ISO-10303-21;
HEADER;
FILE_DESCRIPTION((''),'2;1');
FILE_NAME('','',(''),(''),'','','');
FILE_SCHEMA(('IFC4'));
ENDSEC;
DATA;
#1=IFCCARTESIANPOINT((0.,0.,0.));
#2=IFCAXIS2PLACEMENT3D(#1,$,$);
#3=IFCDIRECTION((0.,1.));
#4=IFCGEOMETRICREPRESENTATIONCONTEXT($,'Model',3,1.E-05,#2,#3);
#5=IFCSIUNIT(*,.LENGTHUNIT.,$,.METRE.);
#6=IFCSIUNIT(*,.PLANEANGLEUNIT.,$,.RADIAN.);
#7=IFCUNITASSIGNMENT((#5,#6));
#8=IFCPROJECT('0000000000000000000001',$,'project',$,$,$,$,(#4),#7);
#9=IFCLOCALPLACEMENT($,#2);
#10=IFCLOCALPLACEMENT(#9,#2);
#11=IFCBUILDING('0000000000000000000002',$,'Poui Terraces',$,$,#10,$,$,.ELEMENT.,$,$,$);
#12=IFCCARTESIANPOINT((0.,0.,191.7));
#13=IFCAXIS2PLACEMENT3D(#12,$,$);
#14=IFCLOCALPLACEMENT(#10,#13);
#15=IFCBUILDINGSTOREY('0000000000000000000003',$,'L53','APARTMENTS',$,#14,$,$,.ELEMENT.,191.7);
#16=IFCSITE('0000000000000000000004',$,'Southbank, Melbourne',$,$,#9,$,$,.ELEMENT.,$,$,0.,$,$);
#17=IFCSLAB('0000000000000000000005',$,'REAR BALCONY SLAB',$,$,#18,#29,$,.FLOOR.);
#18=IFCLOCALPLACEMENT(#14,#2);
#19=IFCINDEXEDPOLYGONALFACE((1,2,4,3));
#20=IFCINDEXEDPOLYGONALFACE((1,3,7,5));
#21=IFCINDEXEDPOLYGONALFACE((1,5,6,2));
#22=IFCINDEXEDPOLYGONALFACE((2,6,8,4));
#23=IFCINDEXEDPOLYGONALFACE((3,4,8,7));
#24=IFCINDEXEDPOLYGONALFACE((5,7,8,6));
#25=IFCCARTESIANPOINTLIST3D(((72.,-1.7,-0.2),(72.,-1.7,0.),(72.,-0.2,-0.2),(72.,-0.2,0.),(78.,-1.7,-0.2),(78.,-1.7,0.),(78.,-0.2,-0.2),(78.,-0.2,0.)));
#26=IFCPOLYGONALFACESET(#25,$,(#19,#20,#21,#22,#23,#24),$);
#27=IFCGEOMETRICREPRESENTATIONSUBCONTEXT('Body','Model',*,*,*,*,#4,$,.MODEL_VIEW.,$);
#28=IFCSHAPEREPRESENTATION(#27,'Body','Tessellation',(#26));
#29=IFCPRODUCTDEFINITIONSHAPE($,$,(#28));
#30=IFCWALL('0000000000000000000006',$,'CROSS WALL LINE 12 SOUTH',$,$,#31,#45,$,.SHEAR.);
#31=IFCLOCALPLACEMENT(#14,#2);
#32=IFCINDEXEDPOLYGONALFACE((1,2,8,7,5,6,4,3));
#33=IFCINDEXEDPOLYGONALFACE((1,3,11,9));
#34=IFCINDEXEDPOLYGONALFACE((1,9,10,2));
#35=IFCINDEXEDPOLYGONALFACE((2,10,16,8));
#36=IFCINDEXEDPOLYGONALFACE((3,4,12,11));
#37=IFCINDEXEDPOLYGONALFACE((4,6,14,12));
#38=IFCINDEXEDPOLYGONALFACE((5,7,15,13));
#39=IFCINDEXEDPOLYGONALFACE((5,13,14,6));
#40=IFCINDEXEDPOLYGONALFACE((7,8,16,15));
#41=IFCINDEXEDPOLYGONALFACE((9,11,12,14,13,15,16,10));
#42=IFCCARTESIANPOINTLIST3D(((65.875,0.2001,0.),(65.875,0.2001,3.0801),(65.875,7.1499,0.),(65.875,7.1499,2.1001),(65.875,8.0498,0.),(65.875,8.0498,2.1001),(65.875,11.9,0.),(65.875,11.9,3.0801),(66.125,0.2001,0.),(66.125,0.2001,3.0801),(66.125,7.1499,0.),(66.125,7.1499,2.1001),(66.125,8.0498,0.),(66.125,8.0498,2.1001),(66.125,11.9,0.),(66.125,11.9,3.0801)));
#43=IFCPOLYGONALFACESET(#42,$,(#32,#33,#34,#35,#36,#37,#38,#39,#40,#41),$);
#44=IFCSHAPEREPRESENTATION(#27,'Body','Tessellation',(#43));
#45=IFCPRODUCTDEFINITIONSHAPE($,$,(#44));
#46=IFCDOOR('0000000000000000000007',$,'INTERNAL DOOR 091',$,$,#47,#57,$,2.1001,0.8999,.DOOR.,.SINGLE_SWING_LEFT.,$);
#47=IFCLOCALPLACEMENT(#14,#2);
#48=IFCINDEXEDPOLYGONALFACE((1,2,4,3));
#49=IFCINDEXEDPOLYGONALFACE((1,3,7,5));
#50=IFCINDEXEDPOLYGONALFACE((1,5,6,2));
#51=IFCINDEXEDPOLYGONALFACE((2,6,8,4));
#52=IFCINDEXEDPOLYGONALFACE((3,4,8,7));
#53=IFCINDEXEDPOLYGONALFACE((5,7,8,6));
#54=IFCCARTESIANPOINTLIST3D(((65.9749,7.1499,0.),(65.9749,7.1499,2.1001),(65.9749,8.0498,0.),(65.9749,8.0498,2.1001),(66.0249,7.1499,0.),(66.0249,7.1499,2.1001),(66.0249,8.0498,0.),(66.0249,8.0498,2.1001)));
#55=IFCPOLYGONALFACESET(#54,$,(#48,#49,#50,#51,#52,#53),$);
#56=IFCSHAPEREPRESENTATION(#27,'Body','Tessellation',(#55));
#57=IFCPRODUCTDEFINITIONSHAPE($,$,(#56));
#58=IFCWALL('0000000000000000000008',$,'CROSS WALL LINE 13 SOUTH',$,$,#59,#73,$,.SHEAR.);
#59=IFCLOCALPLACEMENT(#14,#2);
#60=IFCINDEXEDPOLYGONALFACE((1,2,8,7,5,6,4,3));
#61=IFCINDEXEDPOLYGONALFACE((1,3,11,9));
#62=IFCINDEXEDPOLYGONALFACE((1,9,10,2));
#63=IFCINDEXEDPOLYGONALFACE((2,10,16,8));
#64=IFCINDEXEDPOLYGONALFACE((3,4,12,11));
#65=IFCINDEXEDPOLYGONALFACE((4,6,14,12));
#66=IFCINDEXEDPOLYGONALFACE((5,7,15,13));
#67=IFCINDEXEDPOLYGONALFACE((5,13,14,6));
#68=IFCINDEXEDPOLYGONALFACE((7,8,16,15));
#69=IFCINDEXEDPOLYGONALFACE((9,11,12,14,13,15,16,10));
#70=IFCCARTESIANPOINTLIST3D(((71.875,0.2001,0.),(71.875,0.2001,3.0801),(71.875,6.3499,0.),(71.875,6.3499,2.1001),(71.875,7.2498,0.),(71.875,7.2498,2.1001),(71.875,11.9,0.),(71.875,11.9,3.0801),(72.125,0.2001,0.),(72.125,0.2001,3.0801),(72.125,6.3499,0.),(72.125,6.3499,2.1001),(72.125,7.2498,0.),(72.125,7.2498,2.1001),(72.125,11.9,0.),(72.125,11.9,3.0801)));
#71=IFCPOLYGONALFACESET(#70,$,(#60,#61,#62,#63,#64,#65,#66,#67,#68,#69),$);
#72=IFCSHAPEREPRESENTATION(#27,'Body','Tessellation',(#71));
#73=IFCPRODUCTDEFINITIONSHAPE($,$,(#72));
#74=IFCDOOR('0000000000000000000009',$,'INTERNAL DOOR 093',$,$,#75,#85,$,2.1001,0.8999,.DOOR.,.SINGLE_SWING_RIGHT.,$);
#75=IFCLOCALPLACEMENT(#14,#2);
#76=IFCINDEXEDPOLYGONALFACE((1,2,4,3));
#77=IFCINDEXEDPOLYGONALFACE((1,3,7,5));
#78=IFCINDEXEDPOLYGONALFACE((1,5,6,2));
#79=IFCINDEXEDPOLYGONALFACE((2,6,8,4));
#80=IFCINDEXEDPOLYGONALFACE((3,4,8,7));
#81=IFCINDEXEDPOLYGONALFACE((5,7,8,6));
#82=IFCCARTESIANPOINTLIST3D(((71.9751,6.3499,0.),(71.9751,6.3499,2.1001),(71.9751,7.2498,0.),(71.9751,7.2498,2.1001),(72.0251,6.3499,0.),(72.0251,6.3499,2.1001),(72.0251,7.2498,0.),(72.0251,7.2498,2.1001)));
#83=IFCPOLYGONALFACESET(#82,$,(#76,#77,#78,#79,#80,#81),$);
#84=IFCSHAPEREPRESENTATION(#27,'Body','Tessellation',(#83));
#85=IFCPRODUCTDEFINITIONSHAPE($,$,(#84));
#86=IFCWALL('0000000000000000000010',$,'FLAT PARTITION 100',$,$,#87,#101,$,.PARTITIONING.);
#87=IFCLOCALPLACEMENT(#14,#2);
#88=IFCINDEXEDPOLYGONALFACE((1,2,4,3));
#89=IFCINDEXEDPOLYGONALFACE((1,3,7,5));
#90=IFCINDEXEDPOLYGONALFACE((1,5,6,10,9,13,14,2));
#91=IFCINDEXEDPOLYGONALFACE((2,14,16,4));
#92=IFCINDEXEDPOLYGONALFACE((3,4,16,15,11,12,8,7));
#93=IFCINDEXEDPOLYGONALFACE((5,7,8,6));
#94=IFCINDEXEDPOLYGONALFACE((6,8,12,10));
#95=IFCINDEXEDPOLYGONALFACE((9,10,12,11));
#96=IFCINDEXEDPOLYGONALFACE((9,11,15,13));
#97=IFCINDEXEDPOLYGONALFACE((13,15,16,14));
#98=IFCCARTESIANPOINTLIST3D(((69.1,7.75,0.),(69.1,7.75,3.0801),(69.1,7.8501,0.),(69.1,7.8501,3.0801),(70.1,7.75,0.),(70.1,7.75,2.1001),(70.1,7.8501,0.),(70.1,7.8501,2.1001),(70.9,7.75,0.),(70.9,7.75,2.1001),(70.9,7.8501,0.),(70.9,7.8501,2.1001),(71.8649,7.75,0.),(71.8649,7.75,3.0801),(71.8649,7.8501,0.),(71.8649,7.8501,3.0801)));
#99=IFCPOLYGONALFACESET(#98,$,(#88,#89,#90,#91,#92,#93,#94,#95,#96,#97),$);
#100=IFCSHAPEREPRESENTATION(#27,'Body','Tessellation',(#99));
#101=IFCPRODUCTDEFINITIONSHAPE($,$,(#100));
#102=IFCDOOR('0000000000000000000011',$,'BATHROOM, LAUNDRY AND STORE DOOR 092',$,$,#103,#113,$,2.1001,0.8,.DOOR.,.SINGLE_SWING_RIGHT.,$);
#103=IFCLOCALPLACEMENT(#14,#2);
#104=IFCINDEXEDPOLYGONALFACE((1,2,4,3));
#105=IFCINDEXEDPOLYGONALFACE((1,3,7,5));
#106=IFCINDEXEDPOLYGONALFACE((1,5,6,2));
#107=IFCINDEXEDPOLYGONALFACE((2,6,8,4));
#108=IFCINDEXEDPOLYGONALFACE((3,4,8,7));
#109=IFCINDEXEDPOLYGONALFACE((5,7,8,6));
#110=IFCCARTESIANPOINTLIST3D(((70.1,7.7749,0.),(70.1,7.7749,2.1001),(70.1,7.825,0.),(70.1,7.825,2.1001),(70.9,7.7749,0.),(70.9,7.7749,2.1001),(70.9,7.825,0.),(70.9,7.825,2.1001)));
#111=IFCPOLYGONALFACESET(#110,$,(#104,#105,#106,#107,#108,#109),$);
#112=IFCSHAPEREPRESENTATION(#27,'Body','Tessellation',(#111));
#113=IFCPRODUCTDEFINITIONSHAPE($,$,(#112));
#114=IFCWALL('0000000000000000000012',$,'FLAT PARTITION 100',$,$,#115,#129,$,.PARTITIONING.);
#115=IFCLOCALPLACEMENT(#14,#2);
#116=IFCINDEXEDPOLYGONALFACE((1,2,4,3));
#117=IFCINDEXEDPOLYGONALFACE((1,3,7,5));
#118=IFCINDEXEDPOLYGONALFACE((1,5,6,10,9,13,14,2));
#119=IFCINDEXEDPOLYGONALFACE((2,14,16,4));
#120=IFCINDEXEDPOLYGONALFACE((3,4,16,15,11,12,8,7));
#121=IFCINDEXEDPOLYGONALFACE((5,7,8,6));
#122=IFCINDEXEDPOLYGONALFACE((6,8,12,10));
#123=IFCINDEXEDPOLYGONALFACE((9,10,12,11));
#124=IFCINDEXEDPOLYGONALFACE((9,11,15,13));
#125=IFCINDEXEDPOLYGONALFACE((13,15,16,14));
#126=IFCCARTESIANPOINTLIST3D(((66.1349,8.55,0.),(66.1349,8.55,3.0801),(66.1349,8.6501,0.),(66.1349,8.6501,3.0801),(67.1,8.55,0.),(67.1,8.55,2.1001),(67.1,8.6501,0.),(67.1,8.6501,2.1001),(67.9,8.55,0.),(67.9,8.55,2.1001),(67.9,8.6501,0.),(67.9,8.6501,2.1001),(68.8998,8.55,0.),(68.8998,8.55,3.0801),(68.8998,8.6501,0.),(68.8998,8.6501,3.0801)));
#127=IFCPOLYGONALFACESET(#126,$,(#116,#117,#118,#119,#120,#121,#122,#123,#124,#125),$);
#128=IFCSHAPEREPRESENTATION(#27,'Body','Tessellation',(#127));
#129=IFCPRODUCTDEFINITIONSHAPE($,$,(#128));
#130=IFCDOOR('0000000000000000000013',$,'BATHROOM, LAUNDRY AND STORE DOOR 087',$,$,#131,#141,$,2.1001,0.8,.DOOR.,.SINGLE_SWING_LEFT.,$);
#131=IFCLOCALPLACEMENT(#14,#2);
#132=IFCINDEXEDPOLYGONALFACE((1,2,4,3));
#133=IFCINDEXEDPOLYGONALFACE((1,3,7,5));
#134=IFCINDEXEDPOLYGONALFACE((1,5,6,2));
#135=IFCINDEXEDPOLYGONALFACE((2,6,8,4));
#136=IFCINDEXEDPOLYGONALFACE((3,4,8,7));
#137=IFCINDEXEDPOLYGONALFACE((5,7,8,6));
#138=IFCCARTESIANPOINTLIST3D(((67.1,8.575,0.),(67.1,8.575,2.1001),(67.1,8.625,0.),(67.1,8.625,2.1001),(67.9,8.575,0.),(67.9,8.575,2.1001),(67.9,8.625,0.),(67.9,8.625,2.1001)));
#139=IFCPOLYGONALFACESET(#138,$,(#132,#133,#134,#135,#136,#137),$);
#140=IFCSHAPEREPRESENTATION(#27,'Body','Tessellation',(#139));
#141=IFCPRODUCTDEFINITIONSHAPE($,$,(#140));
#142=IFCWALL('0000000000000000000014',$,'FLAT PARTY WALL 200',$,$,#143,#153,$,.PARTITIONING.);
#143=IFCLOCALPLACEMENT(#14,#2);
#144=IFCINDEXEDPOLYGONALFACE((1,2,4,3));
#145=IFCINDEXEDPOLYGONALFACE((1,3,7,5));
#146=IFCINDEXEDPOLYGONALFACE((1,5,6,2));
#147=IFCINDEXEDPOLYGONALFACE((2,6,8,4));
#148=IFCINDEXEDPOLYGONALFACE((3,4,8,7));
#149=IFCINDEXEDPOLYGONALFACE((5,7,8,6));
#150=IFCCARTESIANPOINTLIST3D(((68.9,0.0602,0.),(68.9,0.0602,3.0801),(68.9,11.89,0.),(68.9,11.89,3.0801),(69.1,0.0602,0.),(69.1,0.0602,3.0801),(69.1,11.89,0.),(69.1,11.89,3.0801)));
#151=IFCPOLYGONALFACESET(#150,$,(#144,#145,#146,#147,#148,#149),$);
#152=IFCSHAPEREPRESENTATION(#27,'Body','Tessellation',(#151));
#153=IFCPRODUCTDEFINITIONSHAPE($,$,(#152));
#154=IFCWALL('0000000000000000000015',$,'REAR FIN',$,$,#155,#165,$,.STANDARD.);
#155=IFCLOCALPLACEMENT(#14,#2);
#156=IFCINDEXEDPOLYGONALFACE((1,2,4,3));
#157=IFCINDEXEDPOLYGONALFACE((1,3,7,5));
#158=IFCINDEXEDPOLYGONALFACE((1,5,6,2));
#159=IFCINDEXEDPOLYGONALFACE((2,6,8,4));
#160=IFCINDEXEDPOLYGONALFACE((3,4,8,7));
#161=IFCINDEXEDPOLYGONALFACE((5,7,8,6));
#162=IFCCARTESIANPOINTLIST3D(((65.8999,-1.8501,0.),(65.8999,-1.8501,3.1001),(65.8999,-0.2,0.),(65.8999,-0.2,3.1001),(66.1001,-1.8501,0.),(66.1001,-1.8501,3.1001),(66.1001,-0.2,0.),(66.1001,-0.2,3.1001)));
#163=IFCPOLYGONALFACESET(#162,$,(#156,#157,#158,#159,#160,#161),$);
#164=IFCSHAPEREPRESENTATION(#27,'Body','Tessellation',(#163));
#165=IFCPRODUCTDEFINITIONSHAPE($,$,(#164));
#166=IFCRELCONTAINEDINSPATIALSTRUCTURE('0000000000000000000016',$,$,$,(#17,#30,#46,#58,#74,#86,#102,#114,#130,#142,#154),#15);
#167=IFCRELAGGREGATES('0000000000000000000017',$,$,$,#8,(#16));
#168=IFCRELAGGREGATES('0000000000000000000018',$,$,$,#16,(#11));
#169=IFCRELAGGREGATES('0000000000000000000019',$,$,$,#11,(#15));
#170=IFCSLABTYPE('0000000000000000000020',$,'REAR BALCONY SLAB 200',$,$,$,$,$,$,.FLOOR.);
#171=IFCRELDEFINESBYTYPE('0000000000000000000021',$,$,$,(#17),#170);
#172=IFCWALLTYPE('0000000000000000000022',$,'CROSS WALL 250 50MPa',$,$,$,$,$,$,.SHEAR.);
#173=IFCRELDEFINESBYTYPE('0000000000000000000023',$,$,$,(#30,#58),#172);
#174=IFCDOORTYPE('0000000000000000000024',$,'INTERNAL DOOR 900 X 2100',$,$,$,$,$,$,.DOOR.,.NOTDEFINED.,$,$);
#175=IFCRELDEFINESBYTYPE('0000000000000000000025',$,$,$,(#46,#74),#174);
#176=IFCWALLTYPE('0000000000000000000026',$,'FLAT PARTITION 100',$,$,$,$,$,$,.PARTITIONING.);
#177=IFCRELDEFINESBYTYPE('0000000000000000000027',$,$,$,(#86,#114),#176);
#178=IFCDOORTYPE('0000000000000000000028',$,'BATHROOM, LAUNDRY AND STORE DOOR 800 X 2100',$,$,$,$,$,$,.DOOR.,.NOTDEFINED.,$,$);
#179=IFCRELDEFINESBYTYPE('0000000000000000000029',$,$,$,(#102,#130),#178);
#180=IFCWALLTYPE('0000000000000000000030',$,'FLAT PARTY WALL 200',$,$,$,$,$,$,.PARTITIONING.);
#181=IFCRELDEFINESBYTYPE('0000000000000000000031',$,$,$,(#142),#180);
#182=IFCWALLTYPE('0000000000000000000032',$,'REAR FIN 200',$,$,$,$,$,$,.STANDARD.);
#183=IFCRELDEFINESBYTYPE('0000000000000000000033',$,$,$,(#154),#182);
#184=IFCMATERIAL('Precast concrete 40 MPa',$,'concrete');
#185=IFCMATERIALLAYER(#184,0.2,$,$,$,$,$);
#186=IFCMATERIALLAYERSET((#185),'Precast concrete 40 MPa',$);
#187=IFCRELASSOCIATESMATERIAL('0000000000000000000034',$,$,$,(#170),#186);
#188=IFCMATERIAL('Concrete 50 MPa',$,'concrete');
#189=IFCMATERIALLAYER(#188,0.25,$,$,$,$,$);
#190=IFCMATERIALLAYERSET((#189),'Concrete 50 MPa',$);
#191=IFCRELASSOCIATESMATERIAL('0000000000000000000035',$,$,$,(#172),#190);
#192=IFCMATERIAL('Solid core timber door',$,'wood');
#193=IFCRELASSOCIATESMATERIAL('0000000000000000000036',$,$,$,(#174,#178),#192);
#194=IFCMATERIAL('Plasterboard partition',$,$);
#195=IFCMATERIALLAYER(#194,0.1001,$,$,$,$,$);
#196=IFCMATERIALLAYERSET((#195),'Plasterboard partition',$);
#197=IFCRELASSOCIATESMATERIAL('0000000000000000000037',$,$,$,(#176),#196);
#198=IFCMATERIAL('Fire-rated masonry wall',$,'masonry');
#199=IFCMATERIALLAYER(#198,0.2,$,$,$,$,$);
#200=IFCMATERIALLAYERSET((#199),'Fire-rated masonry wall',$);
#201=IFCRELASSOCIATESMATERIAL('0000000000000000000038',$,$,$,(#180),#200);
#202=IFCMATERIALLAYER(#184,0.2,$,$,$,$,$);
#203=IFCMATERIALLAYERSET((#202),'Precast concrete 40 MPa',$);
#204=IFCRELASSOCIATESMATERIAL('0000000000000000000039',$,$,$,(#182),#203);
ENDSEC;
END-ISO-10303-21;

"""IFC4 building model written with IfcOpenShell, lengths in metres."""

from ifc_helpers import new_model, si_unit, direction, frame, frame_2d, origin, place, context, subcontext, project, spatial, polyline, rectangle, outline, extrude, source, transform, mapped, material, layer, layer_set, type_object, element, fill, save


model = new_model("IFC4")

# Units and contexts
model_context = context("Model", 3, precision=1e-05, world=origin(), true_north=direction((0.0, 1.0)))
body_context = subcontext(model_context, "Body", "Model", "MODEL_VIEW")
ifc_project = project(units=[si_unit("LENGTHUNIT", "METRE"), si_unit("PLANEANGLEUNIT", "RADIAN")], contexts=[model_context])

# Site, building, storey
site_placement = place(None, origin())
site = spatial("IfcSite", under=ifc_project, at=site_placement, Name="Southbank, Melbourne", CompositionType="ELEMENT", RefElevation=0.0)
building_placement = place(site_placement, origin())
building = spatial("IfcBuilding", under=site, at=building_placement, Name="Poui Terraces", CompositionType="ELEMENT")
storey_placement = place(building_placement, frame((0.0, 0.0, 191.7)))
storey = spatial("IfcBuildingStorey", under=building, at=storey_placement, Name="L53", Description="APARTMENTS", CompositionType="ELEMENT", Elevation=191.7)

# Slab
ifc_material_1 = material(Name="Precast concrete 40 MPa", Category="concrete")
ifc_layer_1 = layer(ifc_material_1, 0.2)
ifc_layer_set_1 = layer_set([ifc_layer_1], Name="Precast concrete 40 MPa")
slab_type = type_object("IfcSlabType", Name="REAR BALCONY SLAB 200", PredefinedType="FLOOR", material=ifc_layer_set_1)
shared_shape_1 = source(origin(), body_context, "Body", "SweptSolid", [
    extrude(outline(polyline([(0.0, 0.0), (6.0, 0.0), (6.0, 1.5), (0.0, 1.5), (0.0, 0.0)])), origin(), (0.0, 0.0, 1.0), 0.2),
])
slab_placement = place(storey_placement, frame((72.0, -1.7, -0.2)))
element("IfcSlab", 1, at=slab_placement, inside=storey, type_object=slab_type, Name="REAR BALCONY SLAB", PredefinedType="FLOOR", context=body_context, shape_type="MappedRepresentation", body=[
    mapped(shared_shape_1, transform((0.0, 0.0, 0.0))),
])

# Walls, openings, doors
ifc_material_2 = material(Name="Concrete 50 MPa", Category="concrete")
ifc_layer_2 = layer(ifc_material_2, 0.25)
ifc_layer_set_2 = layer_set([ifc_layer_2], Name="Concrete 50 MPa")
wall_type_1 = type_object("IfcWallType", Name="CROSS WALL 250 50MPa", PredefinedType="SHEAR", material=ifc_layer_set_2)
wall_1_placement = place(storey_placement, frame((66.0, 0.2, 0.0), z_axis=(0.0, 0.0, 1.0), x_axis=(0.0, 1.0, 0.0)))
wall_1 = element("IfcWall", 2, at=wall_1_placement, inside=storey, type_object=wall_type_1, Name="CROSS WALL LINE 12 SOUTH", PredefinedType="SHEAR", context=body_context, shape_type="SweptSolid", body=[
    extrude(rectangle(XDim=11.7, YDim=0.25, at=frame_2d((5.8501, 0.0))), origin(), (0.0, 0.0, 1.0), 3.0801),
])
opening_1_placement = place(wall_1_placement, frame((6.95, 0.0, 0.0)))
opening_1 = element("IfcOpeningElement", 3, at=opening_1_placement, cuts=wall_1, PredefinedType="OPENING", context=body_context, shape_type="SweptSolid", body=[
    extrude(rectangle(XDim=0.8999, YDim=2.1001, at=frame_2d((0.45, 1.05))), frame((0.0, 0.135, 0.0), z_axis=(0.0, -1.0, 0.0), x_axis=(1.0, 0.0, 0.0)), (0.0, 0.0, 1.0), 0.27),
])
ifc_material_3 = material(Name="Solid core timber door", Category="wood")
door_type_1 = type_object("IfcDoorType", Name="INTERNAL DOOR 900 X 2100", OperationType="NOTDEFINED", PredefinedType="DOOR", material=ifc_material_3)
door_1_placement = place(opening_1_placement, frame((0.8999, 0.0, 0.0), z_axis=(0.0, 0.0, 1.0), x_axis=(-1.0, 0.0, 0.0)))
door_1 = element("IfcDoor", 4, at=door_1_placement, inside=storey, type_object=door_type_1, Name="INTERNAL DOOR 091", OperationType="SINGLE_SWING_LEFT", OverallHeight=2.1001, OverallWidth=0.8999, PredefinedType="DOOR", context=body_context, shape_type="SweptSolid", body=[
    extrude(rectangle(XDim=0.8999, YDim=2.1001, at=frame_2d((0.45, 1.05))), frame((0.0, 0.0249, 0.0), z_axis=(0.0, -1.0, 0.0), x_axis=(1.0, 0.0, 0.0)), (0.0, 0.0, 1.0), 0.05),
])
fill(opening_1, door_1)
wall_2_placement = place(storey_placement, frame((72.0, 0.2, 0.0), z_axis=(0.0, 0.0, 1.0), x_axis=(0.0, 1.0, 0.0)))
wall_2 = element("IfcWall", 5, at=wall_2_placement, inside=storey, type_object=wall_type_1, Name="CROSS WALL LINE 13 SOUTH", PredefinedType="SHEAR", context=body_context, shape_type="SweptSolid", body=[
    extrude(rectangle(XDim=11.7, YDim=0.25, at=frame_2d((5.8501, 0.0))), origin(), (0.0, 0.0, 1.0), 3.0801),
])
opening_2_placement = place(wall_2_placement, frame((6.1499, 0.0, 0.0)))
opening_2 = element("IfcOpeningElement", 6, at=opening_2_placement, cuts=wall_2, PredefinedType="OPENING", context=body_context, shape_type="SweptSolid", body=[
    extrude(rectangle(XDim=0.8999, YDim=2.1001, at=frame_2d((0.45, 1.05))), frame((0.0, 0.135, 0.0), z_axis=(0.0, -1.0, 0.0), x_axis=(1.0, 0.0, 0.0)), (0.0, 0.0, 1.0), 0.27),
])
door_2_placement = place(opening_2_placement, origin())
door_2 = element("IfcDoor", 7, at=door_2_placement, inside=storey, type_object=door_type_1, Name="INTERNAL DOOR 093", OperationType="SINGLE_SWING_RIGHT", OverallHeight=2.1001, OverallWidth=0.8999, PredefinedType="DOOR", context=body_context, shape_type="SweptSolid", body=[
    extrude(rectangle(XDim=0.8999, YDim=2.1001, at=frame_2d((0.45, 1.05))), frame((0.0, 0.0249, 0.0), z_axis=(0.0, -1.0, 0.0), x_axis=(1.0, 0.0, 0.0)), (0.0, 0.0, 1.0), 0.05),
])
fill(opening_2, door_2)
ifc_material_4 = material(Name="Plasterboard partition")
ifc_layer_3 = layer(ifc_material_4, 0.1001)
ifc_layer_set_3 = layer_set([ifc_layer_3], Name="Plasterboard partition")
wall_type_2 = type_object("IfcWallType", Name="FLAT PARTITION 100", PredefinedType="PARTITIONING", material=ifc_layer_set_3)
wall_3_placement = place(storey_placement, frame((69.1001, 7.8, 0.0), z_axis=(0.0, 0.0, 1.0), x_axis=(1.0, 0.0, 0.0)))
wall_3 = element("IfcWall", 8, at=wall_3_placement, inside=storey, type_object=wall_type_2, Name="FLAT PARTITION 100", PredefinedType="PARTITIONING", context=body_context, shape_type="SweptSolid", body=[
    extrude(rectangle(XDim=2.7649, YDim=0.1001, at=frame_2d((1.3823, 0.0))), origin(), (0.0, 0.0, 1.0), 3.0801),
])
opening_3_placement = place(wall_3_placement, frame((1.0, 0.0, 0.0)))
opening_3 = element("IfcOpeningElement", 9, at=opening_3_placement, cuts=wall_3, PredefinedType="OPENING", context=body_context, shape_type="SweptSolid", body=[
    extrude(rectangle(XDim=0.8, YDim=2.1001, at=frame_2d((0.3999, 1.05))), frame((0.0, 0.0601, 0.0), z_axis=(0.0, -1.0, 0.0), x_axis=(1.0, 0.0, 0.0)), (0.0, 0.0, 1.0), 0.1201),
])
door_type_2 = type_object("IfcDoorType", Name="BATHROOM, LAUNDRY AND STORE DOOR 800 X 2100", OperationType="NOTDEFINED", PredefinedType="DOOR", material=ifc_material_3)
door_3_placement = place(opening_3_placement, origin())
door_3 = element("IfcDoor", 10, at=door_3_placement, inside=storey, type_object=door_type_2, Name="BATHROOM, LAUNDRY AND STORE DOOR 092", OperationType="SINGLE_SWING_RIGHT", OverallHeight=2.1001, OverallWidth=0.8, PredefinedType="DOOR", context=body_context, shape_type="SweptSolid", body=[
    extrude(rectangle(XDim=0.8, YDim=2.1001, at=frame_2d((0.3999, 1.05))), frame((0.0, 0.0249, 0.0), z_axis=(0.0, -1.0, 0.0), x_axis=(1.0, 0.0, 0.0)), (0.0, 0.0, 1.0), 0.05),
])
fill(opening_3, door_3)
wall_4_placement = place(storey_placement, frame((66.135, 8.6001, 0.0), z_axis=(0.0, 0.0, 1.0), x_axis=(1.0, 0.0, 0.0)))
wall_4 = element("IfcWall", 11, at=wall_4_placement, inside=storey, type_object=wall_type_2, Name="FLAT PARTITION 100", PredefinedType="PARTITIONING", context=body_context, shape_type="SweptSolid", body=[
    extrude(rectangle(XDim=2.7649, YDim=0.1001, at=frame_2d((1.3823, 0.0))), origin(), (0.0, 0.0, 1.0), 3.0801),
])
opening_4_placement = place(wall_4_placement, frame((0.9651, 0.0, 0.0)))
opening_4 = element("IfcOpeningElement", 12, at=opening_4_placement, cuts=wall_4, PredefinedType="OPENING", context=body_context, shape_type="SweptSolid", body=[
    extrude(rectangle(XDim=0.8, YDim=2.1001, at=frame_2d((0.3999, 1.05))), frame((0.0, 0.0601, 0.0), z_axis=(0.0, -1.0, 0.0), x_axis=(1.0, 0.0, 0.0)), (0.0, 0.0, 1.0), 0.1201),
])
door_4_placement = place(opening_4_placement, origin())
door_4 = element("IfcDoor", 13, at=door_4_placement, inside=storey, type_object=door_type_2, Name="BATHROOM, LAUNDRY AND STORE DOOR 087", OperationType="SINGLE_SWING_LEFT", OverallHeight=2.1001, OverallWidth=0.8, PredefinedType="DOOR", context=body_context, shape_type="SweptSolid", body=[
    extrude(rectangle(XDim=0.8, YDim=2.1001, at=frame_2d((0.3999, 1.05))), frame((0.0, 0.0249, 0.0), z_axis=(0.0, -1.0, 0.0), x_axis=(1.0, 0.0, 0.0)), (0.0, 0.0, 1.0), 0.05),
])
fill(opening_4, door_4)

# Walls
ifc_material_5 = material(Name="Fire-rated masonry wall", Category="masonry")
ifc_layer_4 = layer(ifc_material_5, 0.2)
ifc_layer_set_4 = layer_set([ifc_layer_4], Name="Fire-rated masonry wall")
wall_type_3 = type_object("IfcWallType", Name="FLAT PARTY WALL 200", PredefinedType="PARTITIONING", material=ifc_layer_set_4)
wall_5_placement = place(storey_placement, frame((69.0, 0.0601, 0.0), z_axis=(0.0, 0.0, 1.0), x_axis=(0.0, 1.0, 0.0)))
element("IfcWall", 14, at=wall_5_placement, inside=storey, type_object=wall_type_3, Name="FLAT PARTY WALL 200", PredefinedType="PARTITIONING", context=body_context, shape_type="SweptSolid", body=[
    extrude(rectangle(XDim=11.8298, YDim=0.2, at=frame_2d((5.915, 0.0))), origin(), (0.0, 0.0, 1.0), 3.0801),
])
ifc_layer_5 = layer(ifc_material_1, 0.2)
ifc_layer_set_5 = layer_set([ifc_layer_5], Name="Precast concrete 40 MPa")
wall_type_4 = type_object("IfcWallType", Name="REAR FIN 200", PredefinedType="STANDARD", material=ifc_layer_set_5)
shared_shape_2 = source(origin(), body_context, "Body", "SweptSolid", [
    extrude(outline(polyline([(0.0, 0.0), (0.2002, 0.0), (0.2002, 1.6501), (0.0, 1.6501), (0.0, 0.0)])), origin(), (0.0, 0.0, 1.0), 3.1001),
])
for number, where, name in (
    (15, (65.8999, -1.8501, 0.0), "REAR FIN"),
):
    element("IfcWall", number, at=place(storey_placement, frame(where)), inside=storey, type_object=wall_type_4, Name=name, PredefinedType="STANDARD", context=body_context, shape_type="MappedRepresentation", body=[
        mapped(shared_shape_2, transform((0.0, 0.0, 0.0))),
    ])

save(model, "model.ifc")
